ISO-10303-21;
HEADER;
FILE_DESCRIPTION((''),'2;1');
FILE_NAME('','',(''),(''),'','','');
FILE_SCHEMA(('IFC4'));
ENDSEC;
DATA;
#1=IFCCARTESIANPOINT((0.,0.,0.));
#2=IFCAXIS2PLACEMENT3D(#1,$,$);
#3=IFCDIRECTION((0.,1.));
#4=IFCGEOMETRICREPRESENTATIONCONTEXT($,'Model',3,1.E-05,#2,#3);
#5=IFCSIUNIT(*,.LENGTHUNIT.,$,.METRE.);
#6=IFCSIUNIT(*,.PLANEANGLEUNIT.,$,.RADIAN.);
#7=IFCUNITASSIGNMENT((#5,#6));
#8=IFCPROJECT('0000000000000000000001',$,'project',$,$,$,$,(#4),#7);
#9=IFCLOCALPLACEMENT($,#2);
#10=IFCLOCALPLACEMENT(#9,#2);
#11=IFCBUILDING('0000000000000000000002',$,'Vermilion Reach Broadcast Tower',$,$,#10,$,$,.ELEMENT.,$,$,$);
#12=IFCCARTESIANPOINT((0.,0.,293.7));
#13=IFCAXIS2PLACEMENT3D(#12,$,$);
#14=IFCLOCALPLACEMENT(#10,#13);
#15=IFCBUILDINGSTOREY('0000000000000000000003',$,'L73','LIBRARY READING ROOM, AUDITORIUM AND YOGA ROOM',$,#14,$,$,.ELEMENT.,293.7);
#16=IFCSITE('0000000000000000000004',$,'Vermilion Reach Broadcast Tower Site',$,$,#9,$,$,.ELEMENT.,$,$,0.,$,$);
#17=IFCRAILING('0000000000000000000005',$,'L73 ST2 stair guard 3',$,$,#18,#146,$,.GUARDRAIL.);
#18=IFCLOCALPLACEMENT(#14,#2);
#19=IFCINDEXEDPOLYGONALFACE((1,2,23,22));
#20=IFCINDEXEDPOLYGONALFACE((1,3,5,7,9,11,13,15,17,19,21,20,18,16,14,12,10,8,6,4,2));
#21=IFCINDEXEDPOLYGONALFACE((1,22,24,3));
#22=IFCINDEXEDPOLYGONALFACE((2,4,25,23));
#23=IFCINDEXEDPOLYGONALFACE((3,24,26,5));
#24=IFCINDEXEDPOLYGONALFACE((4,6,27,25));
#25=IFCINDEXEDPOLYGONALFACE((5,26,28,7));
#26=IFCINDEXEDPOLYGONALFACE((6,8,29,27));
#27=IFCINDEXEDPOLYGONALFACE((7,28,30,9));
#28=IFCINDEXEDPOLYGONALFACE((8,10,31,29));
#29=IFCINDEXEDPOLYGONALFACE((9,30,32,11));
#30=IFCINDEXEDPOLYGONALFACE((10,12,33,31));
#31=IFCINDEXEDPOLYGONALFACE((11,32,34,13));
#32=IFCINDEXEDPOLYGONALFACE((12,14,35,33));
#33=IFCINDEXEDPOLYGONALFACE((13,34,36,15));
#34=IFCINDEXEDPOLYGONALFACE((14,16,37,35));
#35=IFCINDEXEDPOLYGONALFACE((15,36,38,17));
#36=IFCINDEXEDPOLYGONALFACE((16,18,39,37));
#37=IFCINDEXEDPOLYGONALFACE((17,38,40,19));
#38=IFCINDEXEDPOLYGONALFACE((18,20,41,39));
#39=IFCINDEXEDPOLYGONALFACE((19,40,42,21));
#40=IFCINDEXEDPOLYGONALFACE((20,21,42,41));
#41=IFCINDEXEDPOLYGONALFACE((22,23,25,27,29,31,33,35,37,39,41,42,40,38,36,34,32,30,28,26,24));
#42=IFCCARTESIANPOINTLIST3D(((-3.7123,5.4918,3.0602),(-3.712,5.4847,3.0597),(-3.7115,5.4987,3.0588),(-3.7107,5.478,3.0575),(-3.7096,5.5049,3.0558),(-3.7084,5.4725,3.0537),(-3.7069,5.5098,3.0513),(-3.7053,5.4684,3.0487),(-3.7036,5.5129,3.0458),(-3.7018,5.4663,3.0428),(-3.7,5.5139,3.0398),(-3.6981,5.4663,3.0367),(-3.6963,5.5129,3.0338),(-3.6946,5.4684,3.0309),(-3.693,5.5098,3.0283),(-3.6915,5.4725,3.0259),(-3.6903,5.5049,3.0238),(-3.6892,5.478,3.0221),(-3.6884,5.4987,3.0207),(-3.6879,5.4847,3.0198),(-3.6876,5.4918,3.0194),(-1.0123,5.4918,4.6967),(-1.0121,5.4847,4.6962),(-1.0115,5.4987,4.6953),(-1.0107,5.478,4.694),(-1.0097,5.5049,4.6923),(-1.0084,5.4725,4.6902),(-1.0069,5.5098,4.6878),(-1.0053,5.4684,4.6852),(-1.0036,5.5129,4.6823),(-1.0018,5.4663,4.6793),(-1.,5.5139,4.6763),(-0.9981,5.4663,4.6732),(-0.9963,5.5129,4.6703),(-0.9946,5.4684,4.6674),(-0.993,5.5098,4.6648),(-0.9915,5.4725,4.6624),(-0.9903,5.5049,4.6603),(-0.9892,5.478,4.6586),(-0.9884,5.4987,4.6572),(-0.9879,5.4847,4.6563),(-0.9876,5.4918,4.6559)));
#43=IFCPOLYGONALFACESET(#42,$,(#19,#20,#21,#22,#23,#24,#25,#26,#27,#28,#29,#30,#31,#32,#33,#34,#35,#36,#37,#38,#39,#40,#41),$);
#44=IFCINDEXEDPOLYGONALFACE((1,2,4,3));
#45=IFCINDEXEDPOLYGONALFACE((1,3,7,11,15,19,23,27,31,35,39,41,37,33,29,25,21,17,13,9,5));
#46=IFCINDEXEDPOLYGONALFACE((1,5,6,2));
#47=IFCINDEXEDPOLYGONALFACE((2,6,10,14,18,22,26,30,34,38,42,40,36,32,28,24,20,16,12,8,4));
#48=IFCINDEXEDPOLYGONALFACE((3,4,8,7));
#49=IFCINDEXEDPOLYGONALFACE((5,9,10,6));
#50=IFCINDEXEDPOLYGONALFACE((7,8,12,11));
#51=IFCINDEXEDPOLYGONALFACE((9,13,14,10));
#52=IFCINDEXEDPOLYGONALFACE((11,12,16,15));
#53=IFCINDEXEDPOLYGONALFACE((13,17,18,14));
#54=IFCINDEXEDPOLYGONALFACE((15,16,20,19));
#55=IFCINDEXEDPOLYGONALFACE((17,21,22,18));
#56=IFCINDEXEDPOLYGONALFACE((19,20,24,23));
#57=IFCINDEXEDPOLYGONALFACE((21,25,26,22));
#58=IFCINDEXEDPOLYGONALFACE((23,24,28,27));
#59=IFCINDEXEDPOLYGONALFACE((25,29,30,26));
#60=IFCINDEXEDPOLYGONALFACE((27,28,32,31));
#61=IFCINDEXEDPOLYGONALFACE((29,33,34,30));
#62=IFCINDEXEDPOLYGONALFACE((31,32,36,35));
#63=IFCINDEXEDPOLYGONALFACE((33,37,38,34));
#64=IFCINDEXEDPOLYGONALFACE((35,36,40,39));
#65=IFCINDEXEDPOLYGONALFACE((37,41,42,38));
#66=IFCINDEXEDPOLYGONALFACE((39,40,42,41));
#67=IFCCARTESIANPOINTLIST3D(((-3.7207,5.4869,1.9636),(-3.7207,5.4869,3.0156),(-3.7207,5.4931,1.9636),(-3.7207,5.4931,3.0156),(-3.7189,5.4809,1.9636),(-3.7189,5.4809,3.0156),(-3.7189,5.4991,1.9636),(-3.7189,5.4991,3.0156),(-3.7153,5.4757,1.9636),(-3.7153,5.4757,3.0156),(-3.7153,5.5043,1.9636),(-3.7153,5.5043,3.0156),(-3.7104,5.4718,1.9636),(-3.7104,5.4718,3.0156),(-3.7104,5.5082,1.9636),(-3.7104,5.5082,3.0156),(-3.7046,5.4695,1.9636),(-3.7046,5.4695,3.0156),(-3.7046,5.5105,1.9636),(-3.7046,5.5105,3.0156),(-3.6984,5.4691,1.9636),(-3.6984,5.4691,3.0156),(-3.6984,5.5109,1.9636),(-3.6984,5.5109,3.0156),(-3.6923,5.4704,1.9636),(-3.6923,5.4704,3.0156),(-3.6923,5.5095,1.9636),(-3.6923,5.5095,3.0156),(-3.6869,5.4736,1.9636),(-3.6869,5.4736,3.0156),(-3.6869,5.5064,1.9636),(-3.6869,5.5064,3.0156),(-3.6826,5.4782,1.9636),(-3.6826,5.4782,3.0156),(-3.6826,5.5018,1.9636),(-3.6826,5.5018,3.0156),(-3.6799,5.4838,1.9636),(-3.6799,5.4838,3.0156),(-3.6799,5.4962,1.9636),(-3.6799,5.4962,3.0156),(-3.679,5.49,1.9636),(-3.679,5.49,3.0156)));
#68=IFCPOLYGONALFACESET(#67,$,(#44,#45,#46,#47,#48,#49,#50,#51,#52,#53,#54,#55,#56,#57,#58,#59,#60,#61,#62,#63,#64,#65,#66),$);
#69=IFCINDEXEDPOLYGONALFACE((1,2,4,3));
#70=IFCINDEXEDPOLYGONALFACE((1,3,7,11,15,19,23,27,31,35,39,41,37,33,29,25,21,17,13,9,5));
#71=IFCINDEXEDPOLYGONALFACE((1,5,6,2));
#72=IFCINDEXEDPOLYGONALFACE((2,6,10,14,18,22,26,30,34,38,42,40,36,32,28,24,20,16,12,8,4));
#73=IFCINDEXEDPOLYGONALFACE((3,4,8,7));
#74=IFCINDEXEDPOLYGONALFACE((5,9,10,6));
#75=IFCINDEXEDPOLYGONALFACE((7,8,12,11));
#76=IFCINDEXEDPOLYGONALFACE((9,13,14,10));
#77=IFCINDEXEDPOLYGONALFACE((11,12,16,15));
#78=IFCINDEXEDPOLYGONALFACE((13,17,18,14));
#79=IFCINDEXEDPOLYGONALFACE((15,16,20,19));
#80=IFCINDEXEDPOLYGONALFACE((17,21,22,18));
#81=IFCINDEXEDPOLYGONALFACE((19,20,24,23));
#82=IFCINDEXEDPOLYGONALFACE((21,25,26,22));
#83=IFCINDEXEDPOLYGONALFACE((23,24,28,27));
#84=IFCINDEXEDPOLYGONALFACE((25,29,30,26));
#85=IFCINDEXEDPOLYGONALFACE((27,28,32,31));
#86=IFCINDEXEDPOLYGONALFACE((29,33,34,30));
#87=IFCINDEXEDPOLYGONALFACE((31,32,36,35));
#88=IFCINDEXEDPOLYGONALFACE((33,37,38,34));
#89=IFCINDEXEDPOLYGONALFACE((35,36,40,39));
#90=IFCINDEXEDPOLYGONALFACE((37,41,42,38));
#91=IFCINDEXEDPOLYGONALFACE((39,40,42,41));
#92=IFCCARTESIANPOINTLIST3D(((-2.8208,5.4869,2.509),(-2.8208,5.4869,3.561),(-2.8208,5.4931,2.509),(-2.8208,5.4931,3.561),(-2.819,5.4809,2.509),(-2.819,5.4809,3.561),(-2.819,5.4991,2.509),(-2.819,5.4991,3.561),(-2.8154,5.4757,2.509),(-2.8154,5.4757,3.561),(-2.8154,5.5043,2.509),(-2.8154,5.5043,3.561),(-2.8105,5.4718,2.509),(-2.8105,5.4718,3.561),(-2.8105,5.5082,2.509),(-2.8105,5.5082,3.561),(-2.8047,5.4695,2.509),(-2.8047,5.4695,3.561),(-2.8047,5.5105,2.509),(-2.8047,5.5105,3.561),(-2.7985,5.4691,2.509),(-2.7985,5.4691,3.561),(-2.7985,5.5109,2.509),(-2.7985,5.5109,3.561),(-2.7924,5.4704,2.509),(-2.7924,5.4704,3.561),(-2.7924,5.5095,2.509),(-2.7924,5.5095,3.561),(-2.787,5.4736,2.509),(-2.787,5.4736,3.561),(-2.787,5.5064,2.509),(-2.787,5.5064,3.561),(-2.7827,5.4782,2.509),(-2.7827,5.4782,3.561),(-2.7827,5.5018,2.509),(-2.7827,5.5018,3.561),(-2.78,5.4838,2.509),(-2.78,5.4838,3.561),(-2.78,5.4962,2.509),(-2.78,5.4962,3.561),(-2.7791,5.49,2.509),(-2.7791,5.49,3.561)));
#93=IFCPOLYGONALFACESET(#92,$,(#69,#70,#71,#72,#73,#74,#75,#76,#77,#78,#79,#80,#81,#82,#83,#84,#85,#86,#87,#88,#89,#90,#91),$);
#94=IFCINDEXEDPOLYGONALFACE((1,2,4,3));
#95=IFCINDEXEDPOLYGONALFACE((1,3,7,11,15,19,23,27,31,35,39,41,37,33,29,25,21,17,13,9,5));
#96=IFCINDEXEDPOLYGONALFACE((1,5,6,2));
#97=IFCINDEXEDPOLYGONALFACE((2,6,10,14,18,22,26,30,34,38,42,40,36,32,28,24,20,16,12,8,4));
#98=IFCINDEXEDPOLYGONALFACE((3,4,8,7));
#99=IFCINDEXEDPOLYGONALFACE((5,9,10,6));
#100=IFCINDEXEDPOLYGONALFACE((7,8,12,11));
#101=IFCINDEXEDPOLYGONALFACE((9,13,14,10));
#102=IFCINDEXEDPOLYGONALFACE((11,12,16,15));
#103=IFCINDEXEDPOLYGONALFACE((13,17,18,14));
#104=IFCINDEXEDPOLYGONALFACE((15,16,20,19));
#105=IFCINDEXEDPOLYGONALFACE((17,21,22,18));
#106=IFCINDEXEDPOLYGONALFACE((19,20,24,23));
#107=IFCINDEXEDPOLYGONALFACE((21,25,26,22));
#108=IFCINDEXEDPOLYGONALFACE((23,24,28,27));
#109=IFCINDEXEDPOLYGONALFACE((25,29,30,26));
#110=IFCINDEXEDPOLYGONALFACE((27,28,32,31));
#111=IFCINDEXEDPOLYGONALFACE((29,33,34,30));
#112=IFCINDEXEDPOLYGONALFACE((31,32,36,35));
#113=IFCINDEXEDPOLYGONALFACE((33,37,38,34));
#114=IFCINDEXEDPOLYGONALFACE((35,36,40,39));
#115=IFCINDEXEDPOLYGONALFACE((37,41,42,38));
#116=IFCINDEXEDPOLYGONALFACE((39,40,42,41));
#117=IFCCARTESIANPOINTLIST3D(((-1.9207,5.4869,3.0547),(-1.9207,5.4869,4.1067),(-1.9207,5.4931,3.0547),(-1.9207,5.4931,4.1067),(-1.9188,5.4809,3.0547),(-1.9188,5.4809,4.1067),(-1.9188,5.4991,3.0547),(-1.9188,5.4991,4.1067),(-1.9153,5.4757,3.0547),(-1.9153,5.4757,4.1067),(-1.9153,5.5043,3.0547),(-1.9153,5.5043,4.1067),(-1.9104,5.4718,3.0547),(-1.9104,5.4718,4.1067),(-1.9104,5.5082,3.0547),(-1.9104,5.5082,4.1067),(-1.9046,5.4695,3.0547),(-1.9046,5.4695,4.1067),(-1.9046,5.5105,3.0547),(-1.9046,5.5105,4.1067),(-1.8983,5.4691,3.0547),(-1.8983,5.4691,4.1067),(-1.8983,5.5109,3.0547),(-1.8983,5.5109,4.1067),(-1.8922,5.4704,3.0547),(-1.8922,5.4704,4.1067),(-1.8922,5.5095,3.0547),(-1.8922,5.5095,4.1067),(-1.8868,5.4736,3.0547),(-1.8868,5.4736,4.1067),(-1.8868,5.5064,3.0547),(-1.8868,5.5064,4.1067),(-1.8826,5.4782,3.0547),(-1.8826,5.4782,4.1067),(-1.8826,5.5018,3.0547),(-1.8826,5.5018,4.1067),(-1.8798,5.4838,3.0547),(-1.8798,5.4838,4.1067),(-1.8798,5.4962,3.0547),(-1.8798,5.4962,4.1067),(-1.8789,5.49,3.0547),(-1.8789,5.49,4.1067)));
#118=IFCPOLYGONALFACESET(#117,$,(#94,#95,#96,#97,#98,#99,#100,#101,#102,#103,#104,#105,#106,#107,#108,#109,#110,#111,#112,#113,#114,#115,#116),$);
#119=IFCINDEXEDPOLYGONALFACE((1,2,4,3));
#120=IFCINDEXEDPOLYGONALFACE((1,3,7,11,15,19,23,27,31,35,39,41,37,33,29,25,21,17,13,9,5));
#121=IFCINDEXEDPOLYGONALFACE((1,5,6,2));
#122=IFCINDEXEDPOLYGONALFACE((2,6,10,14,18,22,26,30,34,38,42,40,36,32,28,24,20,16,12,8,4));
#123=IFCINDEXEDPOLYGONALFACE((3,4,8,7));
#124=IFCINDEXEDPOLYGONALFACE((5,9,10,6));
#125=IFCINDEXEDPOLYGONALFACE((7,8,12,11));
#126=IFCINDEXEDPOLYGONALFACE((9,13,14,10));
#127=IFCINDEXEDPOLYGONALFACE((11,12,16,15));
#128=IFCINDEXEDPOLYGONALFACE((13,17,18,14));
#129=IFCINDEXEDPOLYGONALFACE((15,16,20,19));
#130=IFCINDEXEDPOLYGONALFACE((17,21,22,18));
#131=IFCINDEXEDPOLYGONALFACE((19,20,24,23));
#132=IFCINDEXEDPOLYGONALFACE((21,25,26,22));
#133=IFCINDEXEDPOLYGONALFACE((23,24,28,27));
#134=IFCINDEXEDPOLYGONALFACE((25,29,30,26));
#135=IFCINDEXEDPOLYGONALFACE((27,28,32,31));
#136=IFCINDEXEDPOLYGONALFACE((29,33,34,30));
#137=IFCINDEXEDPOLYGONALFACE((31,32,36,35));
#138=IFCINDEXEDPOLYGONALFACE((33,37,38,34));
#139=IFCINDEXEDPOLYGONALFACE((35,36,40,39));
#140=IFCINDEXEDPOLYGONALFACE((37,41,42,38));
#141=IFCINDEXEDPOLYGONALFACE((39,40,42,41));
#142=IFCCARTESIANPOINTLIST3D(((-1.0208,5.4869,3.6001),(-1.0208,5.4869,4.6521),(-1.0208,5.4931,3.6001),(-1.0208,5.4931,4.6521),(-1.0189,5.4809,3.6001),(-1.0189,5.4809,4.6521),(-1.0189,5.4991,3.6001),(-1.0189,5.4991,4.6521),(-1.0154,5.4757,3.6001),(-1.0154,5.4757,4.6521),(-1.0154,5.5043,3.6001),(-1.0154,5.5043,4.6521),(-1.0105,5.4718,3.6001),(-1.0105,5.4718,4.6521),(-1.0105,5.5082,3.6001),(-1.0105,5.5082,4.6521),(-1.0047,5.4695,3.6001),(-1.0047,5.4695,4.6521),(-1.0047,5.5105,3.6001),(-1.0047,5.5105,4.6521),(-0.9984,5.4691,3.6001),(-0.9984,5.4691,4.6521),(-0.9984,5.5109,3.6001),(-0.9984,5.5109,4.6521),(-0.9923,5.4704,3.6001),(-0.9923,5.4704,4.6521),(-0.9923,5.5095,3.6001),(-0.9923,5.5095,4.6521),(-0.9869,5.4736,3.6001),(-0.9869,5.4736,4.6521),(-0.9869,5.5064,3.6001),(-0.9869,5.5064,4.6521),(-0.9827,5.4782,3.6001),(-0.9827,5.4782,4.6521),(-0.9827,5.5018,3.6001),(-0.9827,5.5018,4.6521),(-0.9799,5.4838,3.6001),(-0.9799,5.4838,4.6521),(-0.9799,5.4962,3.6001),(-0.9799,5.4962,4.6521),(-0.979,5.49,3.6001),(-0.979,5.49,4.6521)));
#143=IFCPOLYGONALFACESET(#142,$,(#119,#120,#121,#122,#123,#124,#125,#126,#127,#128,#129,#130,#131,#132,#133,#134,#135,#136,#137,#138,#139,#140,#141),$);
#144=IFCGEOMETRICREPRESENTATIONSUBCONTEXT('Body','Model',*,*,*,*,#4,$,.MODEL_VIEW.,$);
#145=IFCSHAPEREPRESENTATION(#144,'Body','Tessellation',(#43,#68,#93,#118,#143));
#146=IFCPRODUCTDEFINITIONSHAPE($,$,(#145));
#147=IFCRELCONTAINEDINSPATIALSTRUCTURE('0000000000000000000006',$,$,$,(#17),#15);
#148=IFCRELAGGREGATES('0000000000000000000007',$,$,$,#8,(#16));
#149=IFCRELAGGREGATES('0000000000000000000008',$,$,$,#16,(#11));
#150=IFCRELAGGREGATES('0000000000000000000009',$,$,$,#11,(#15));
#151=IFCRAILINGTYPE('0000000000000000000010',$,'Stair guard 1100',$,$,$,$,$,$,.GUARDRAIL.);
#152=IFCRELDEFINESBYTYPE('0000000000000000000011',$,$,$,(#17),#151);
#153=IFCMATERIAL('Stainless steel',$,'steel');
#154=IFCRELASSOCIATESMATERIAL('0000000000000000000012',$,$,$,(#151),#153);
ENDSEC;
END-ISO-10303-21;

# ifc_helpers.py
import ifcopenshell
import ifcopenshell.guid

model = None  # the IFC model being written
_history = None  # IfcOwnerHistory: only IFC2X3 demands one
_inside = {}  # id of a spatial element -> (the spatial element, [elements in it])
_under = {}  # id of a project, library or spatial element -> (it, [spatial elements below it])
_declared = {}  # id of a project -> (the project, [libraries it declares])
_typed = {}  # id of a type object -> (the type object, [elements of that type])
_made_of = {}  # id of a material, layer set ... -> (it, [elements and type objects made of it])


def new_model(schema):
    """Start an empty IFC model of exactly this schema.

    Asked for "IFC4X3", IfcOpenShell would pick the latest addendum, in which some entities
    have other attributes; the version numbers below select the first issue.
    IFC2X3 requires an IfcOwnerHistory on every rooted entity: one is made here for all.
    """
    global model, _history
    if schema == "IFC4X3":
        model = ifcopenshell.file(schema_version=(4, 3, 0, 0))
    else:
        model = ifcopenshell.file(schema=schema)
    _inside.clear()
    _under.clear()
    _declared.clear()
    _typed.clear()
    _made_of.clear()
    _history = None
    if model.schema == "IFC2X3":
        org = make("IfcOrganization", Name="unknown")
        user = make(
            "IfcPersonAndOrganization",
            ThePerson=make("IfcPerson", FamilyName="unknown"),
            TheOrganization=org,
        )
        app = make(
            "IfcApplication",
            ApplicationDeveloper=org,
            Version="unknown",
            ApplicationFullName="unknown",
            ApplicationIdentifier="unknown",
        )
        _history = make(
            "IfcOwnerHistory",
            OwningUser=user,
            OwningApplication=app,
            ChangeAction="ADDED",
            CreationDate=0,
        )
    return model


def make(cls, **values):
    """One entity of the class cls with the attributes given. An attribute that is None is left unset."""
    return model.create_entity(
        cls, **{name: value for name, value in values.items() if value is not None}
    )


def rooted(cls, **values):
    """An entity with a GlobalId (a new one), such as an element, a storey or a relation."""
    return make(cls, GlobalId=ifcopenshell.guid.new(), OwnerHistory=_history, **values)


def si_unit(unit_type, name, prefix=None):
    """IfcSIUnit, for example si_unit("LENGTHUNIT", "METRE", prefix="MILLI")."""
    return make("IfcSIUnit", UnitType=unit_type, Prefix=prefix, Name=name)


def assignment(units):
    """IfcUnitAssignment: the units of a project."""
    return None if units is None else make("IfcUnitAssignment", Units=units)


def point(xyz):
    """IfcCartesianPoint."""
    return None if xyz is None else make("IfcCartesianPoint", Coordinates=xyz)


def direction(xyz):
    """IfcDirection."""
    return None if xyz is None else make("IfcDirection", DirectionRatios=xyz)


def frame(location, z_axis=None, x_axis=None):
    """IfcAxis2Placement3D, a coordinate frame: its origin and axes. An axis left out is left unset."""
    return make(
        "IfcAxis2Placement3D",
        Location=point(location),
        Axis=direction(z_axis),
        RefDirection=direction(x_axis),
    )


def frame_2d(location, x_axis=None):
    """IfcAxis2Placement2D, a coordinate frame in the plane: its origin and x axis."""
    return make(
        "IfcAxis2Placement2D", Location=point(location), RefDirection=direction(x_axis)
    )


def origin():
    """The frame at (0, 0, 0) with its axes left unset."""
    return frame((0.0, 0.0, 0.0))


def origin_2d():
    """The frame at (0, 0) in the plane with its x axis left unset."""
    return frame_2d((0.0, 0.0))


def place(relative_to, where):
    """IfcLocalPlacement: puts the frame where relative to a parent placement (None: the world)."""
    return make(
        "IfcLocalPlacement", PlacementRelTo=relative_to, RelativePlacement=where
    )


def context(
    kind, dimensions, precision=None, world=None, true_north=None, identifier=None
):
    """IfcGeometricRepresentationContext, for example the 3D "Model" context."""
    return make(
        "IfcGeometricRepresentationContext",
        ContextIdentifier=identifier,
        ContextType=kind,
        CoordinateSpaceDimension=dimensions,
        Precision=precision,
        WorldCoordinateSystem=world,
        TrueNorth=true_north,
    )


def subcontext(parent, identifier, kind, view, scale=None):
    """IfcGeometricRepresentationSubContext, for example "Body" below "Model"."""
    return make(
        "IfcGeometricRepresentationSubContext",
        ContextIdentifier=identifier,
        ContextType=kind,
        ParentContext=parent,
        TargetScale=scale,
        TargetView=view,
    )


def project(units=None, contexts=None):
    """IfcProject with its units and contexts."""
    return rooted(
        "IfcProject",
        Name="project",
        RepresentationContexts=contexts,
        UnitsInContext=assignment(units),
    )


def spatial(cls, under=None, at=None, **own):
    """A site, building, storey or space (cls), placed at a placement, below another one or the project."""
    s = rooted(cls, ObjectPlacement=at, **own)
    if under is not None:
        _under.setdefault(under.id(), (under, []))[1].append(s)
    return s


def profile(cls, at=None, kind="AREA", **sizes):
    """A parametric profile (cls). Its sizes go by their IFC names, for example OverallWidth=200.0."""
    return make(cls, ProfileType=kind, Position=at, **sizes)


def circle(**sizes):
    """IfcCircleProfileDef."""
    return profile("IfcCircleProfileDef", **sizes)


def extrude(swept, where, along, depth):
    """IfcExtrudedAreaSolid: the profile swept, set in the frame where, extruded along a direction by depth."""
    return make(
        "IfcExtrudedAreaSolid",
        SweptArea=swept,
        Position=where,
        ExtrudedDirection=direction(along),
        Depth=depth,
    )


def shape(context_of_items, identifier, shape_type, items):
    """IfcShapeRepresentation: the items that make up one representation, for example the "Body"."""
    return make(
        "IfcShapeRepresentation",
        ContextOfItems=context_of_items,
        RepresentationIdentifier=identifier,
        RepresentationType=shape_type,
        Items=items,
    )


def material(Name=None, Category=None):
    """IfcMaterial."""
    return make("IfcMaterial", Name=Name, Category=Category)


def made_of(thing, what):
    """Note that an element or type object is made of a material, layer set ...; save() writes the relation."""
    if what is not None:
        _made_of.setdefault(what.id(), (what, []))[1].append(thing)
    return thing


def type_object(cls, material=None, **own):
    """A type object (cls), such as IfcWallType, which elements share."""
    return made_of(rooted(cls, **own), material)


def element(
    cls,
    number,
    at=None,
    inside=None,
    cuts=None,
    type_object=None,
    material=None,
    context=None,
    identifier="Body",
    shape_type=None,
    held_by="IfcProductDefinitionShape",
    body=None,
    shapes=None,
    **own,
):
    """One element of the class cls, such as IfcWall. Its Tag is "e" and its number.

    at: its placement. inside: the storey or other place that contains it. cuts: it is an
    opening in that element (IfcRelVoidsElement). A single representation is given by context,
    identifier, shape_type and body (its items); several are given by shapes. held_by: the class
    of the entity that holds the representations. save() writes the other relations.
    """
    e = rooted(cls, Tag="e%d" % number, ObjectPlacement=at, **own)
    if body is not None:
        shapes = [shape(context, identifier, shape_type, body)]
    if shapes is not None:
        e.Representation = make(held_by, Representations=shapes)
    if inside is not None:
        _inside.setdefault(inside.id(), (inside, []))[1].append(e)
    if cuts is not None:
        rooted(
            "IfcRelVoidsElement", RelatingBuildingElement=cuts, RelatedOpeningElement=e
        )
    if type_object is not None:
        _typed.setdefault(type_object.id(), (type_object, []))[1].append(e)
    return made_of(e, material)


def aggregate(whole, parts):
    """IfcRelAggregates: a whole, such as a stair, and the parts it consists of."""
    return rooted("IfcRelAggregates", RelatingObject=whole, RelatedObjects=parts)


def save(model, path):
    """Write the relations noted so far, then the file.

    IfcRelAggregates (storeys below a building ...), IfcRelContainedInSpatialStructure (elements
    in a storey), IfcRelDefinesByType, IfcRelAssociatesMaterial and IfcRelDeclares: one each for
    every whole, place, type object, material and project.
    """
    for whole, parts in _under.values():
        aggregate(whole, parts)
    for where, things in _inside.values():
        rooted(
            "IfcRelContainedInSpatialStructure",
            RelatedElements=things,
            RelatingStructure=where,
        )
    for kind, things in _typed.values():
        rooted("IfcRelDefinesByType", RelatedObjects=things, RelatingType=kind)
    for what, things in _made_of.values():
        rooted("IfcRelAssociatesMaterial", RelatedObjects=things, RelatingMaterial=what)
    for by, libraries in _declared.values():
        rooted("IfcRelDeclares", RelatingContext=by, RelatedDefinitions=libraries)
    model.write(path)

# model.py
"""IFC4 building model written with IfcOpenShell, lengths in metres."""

from ifc_helpers import new_model, si_unit, direction, frame, origin, origin_2d, place, context, subcontext, project, spatial, circle, extrude, material, type_object, element, save


model = new_model("IFC4")

# Units and contexts
model_context = context("Model", 3, precision=1e-05, world=origin(), true_north=direction((0.0, 1.0)))
body_context = subcontext(model_context, "Body", "Model", "MODEL_VIEW")
ifc_project = project(units=[si_unit("LENGTHUNIT", "METRE"), si_unit("PLANEANGLEUNIT", "RADIAN")], contexts=[model_context])

# Site, building, storey
site_placement = place(None, origin())
site = spatial("IfcSite", under=ifc_project, at=site_placement, Name="Vermilion Reach Broadcast Tower Site", CompositionType="ELEMENT", RefElevation=0.0)
building_placement = place(site_placement, origin())
building = spatial("IfcBuilding", under=site, at=building_placement, Name="Vermilion Reach Broadcast Tower", CompositionType="ELEMENT")
storey_placement = place(building_placement, frame((0.0, 0.0, 293.7)))
storey = spatial("IfcBuildingStorey", under=building, at=storey_placement, Name="L73", Description="LIBRARY READING ROOM, AUDITORIUM AND YOGA ROOM", CompositionType="ELEMENT", Elevation=293.7)

# Railing
ifc_material_1 = material(Name="Stainless steel", Category="steel")
railing_type_1 = type_object("IfcRailingType", Name="Stair guard 1100", PredefinedType="GUARDRAIL", material=ifc_material_1)
railing_1_placement = place(storey_placement, frame((-3.7, 5.49, 1.9636)))
element("IfcRailing", 1, at=railing_1_placement, inside=storey, type_object=railing_type_1, Name="L73 ST2 stair guard 3", PredefinedType="GUARDRAIL", context=body_context, shape_type="SweptSolid", body=[
    extrude(circle(Radius=0.0239, at=origin_2d()), frame((0.0, 0.0, 1.0762), z_axis=(0.855178, 0.0, 0.518334), x_axis=(0.0, 1.0, 0.0)), (0.0, 0.0, 1.0), 3.1572),
    extrude(circle(Radius=0.021, at=origin_2d()), origin(), (0.0, 0.0, 1.0), 1.052),
    extrude(circle(Radius=0.021, at=origin_2d()), frame((0.8999, 0.0, 0.5454)), (0.0, 0.0, 1.0), 1.052),
    extrude(circle(Radius=0.021, at=origin_2d()), frame((1.8, 0.0, 1.0911)), (0.0, 0.0, 1.0), 1.052),
    extrude(circle(Radius=0.021, at=origin_2d()), frame((2.7, 0.0, 1.6365)), (0.0, 0.0, 1.0), 1.052),
])

save(model, "model.ifc")
